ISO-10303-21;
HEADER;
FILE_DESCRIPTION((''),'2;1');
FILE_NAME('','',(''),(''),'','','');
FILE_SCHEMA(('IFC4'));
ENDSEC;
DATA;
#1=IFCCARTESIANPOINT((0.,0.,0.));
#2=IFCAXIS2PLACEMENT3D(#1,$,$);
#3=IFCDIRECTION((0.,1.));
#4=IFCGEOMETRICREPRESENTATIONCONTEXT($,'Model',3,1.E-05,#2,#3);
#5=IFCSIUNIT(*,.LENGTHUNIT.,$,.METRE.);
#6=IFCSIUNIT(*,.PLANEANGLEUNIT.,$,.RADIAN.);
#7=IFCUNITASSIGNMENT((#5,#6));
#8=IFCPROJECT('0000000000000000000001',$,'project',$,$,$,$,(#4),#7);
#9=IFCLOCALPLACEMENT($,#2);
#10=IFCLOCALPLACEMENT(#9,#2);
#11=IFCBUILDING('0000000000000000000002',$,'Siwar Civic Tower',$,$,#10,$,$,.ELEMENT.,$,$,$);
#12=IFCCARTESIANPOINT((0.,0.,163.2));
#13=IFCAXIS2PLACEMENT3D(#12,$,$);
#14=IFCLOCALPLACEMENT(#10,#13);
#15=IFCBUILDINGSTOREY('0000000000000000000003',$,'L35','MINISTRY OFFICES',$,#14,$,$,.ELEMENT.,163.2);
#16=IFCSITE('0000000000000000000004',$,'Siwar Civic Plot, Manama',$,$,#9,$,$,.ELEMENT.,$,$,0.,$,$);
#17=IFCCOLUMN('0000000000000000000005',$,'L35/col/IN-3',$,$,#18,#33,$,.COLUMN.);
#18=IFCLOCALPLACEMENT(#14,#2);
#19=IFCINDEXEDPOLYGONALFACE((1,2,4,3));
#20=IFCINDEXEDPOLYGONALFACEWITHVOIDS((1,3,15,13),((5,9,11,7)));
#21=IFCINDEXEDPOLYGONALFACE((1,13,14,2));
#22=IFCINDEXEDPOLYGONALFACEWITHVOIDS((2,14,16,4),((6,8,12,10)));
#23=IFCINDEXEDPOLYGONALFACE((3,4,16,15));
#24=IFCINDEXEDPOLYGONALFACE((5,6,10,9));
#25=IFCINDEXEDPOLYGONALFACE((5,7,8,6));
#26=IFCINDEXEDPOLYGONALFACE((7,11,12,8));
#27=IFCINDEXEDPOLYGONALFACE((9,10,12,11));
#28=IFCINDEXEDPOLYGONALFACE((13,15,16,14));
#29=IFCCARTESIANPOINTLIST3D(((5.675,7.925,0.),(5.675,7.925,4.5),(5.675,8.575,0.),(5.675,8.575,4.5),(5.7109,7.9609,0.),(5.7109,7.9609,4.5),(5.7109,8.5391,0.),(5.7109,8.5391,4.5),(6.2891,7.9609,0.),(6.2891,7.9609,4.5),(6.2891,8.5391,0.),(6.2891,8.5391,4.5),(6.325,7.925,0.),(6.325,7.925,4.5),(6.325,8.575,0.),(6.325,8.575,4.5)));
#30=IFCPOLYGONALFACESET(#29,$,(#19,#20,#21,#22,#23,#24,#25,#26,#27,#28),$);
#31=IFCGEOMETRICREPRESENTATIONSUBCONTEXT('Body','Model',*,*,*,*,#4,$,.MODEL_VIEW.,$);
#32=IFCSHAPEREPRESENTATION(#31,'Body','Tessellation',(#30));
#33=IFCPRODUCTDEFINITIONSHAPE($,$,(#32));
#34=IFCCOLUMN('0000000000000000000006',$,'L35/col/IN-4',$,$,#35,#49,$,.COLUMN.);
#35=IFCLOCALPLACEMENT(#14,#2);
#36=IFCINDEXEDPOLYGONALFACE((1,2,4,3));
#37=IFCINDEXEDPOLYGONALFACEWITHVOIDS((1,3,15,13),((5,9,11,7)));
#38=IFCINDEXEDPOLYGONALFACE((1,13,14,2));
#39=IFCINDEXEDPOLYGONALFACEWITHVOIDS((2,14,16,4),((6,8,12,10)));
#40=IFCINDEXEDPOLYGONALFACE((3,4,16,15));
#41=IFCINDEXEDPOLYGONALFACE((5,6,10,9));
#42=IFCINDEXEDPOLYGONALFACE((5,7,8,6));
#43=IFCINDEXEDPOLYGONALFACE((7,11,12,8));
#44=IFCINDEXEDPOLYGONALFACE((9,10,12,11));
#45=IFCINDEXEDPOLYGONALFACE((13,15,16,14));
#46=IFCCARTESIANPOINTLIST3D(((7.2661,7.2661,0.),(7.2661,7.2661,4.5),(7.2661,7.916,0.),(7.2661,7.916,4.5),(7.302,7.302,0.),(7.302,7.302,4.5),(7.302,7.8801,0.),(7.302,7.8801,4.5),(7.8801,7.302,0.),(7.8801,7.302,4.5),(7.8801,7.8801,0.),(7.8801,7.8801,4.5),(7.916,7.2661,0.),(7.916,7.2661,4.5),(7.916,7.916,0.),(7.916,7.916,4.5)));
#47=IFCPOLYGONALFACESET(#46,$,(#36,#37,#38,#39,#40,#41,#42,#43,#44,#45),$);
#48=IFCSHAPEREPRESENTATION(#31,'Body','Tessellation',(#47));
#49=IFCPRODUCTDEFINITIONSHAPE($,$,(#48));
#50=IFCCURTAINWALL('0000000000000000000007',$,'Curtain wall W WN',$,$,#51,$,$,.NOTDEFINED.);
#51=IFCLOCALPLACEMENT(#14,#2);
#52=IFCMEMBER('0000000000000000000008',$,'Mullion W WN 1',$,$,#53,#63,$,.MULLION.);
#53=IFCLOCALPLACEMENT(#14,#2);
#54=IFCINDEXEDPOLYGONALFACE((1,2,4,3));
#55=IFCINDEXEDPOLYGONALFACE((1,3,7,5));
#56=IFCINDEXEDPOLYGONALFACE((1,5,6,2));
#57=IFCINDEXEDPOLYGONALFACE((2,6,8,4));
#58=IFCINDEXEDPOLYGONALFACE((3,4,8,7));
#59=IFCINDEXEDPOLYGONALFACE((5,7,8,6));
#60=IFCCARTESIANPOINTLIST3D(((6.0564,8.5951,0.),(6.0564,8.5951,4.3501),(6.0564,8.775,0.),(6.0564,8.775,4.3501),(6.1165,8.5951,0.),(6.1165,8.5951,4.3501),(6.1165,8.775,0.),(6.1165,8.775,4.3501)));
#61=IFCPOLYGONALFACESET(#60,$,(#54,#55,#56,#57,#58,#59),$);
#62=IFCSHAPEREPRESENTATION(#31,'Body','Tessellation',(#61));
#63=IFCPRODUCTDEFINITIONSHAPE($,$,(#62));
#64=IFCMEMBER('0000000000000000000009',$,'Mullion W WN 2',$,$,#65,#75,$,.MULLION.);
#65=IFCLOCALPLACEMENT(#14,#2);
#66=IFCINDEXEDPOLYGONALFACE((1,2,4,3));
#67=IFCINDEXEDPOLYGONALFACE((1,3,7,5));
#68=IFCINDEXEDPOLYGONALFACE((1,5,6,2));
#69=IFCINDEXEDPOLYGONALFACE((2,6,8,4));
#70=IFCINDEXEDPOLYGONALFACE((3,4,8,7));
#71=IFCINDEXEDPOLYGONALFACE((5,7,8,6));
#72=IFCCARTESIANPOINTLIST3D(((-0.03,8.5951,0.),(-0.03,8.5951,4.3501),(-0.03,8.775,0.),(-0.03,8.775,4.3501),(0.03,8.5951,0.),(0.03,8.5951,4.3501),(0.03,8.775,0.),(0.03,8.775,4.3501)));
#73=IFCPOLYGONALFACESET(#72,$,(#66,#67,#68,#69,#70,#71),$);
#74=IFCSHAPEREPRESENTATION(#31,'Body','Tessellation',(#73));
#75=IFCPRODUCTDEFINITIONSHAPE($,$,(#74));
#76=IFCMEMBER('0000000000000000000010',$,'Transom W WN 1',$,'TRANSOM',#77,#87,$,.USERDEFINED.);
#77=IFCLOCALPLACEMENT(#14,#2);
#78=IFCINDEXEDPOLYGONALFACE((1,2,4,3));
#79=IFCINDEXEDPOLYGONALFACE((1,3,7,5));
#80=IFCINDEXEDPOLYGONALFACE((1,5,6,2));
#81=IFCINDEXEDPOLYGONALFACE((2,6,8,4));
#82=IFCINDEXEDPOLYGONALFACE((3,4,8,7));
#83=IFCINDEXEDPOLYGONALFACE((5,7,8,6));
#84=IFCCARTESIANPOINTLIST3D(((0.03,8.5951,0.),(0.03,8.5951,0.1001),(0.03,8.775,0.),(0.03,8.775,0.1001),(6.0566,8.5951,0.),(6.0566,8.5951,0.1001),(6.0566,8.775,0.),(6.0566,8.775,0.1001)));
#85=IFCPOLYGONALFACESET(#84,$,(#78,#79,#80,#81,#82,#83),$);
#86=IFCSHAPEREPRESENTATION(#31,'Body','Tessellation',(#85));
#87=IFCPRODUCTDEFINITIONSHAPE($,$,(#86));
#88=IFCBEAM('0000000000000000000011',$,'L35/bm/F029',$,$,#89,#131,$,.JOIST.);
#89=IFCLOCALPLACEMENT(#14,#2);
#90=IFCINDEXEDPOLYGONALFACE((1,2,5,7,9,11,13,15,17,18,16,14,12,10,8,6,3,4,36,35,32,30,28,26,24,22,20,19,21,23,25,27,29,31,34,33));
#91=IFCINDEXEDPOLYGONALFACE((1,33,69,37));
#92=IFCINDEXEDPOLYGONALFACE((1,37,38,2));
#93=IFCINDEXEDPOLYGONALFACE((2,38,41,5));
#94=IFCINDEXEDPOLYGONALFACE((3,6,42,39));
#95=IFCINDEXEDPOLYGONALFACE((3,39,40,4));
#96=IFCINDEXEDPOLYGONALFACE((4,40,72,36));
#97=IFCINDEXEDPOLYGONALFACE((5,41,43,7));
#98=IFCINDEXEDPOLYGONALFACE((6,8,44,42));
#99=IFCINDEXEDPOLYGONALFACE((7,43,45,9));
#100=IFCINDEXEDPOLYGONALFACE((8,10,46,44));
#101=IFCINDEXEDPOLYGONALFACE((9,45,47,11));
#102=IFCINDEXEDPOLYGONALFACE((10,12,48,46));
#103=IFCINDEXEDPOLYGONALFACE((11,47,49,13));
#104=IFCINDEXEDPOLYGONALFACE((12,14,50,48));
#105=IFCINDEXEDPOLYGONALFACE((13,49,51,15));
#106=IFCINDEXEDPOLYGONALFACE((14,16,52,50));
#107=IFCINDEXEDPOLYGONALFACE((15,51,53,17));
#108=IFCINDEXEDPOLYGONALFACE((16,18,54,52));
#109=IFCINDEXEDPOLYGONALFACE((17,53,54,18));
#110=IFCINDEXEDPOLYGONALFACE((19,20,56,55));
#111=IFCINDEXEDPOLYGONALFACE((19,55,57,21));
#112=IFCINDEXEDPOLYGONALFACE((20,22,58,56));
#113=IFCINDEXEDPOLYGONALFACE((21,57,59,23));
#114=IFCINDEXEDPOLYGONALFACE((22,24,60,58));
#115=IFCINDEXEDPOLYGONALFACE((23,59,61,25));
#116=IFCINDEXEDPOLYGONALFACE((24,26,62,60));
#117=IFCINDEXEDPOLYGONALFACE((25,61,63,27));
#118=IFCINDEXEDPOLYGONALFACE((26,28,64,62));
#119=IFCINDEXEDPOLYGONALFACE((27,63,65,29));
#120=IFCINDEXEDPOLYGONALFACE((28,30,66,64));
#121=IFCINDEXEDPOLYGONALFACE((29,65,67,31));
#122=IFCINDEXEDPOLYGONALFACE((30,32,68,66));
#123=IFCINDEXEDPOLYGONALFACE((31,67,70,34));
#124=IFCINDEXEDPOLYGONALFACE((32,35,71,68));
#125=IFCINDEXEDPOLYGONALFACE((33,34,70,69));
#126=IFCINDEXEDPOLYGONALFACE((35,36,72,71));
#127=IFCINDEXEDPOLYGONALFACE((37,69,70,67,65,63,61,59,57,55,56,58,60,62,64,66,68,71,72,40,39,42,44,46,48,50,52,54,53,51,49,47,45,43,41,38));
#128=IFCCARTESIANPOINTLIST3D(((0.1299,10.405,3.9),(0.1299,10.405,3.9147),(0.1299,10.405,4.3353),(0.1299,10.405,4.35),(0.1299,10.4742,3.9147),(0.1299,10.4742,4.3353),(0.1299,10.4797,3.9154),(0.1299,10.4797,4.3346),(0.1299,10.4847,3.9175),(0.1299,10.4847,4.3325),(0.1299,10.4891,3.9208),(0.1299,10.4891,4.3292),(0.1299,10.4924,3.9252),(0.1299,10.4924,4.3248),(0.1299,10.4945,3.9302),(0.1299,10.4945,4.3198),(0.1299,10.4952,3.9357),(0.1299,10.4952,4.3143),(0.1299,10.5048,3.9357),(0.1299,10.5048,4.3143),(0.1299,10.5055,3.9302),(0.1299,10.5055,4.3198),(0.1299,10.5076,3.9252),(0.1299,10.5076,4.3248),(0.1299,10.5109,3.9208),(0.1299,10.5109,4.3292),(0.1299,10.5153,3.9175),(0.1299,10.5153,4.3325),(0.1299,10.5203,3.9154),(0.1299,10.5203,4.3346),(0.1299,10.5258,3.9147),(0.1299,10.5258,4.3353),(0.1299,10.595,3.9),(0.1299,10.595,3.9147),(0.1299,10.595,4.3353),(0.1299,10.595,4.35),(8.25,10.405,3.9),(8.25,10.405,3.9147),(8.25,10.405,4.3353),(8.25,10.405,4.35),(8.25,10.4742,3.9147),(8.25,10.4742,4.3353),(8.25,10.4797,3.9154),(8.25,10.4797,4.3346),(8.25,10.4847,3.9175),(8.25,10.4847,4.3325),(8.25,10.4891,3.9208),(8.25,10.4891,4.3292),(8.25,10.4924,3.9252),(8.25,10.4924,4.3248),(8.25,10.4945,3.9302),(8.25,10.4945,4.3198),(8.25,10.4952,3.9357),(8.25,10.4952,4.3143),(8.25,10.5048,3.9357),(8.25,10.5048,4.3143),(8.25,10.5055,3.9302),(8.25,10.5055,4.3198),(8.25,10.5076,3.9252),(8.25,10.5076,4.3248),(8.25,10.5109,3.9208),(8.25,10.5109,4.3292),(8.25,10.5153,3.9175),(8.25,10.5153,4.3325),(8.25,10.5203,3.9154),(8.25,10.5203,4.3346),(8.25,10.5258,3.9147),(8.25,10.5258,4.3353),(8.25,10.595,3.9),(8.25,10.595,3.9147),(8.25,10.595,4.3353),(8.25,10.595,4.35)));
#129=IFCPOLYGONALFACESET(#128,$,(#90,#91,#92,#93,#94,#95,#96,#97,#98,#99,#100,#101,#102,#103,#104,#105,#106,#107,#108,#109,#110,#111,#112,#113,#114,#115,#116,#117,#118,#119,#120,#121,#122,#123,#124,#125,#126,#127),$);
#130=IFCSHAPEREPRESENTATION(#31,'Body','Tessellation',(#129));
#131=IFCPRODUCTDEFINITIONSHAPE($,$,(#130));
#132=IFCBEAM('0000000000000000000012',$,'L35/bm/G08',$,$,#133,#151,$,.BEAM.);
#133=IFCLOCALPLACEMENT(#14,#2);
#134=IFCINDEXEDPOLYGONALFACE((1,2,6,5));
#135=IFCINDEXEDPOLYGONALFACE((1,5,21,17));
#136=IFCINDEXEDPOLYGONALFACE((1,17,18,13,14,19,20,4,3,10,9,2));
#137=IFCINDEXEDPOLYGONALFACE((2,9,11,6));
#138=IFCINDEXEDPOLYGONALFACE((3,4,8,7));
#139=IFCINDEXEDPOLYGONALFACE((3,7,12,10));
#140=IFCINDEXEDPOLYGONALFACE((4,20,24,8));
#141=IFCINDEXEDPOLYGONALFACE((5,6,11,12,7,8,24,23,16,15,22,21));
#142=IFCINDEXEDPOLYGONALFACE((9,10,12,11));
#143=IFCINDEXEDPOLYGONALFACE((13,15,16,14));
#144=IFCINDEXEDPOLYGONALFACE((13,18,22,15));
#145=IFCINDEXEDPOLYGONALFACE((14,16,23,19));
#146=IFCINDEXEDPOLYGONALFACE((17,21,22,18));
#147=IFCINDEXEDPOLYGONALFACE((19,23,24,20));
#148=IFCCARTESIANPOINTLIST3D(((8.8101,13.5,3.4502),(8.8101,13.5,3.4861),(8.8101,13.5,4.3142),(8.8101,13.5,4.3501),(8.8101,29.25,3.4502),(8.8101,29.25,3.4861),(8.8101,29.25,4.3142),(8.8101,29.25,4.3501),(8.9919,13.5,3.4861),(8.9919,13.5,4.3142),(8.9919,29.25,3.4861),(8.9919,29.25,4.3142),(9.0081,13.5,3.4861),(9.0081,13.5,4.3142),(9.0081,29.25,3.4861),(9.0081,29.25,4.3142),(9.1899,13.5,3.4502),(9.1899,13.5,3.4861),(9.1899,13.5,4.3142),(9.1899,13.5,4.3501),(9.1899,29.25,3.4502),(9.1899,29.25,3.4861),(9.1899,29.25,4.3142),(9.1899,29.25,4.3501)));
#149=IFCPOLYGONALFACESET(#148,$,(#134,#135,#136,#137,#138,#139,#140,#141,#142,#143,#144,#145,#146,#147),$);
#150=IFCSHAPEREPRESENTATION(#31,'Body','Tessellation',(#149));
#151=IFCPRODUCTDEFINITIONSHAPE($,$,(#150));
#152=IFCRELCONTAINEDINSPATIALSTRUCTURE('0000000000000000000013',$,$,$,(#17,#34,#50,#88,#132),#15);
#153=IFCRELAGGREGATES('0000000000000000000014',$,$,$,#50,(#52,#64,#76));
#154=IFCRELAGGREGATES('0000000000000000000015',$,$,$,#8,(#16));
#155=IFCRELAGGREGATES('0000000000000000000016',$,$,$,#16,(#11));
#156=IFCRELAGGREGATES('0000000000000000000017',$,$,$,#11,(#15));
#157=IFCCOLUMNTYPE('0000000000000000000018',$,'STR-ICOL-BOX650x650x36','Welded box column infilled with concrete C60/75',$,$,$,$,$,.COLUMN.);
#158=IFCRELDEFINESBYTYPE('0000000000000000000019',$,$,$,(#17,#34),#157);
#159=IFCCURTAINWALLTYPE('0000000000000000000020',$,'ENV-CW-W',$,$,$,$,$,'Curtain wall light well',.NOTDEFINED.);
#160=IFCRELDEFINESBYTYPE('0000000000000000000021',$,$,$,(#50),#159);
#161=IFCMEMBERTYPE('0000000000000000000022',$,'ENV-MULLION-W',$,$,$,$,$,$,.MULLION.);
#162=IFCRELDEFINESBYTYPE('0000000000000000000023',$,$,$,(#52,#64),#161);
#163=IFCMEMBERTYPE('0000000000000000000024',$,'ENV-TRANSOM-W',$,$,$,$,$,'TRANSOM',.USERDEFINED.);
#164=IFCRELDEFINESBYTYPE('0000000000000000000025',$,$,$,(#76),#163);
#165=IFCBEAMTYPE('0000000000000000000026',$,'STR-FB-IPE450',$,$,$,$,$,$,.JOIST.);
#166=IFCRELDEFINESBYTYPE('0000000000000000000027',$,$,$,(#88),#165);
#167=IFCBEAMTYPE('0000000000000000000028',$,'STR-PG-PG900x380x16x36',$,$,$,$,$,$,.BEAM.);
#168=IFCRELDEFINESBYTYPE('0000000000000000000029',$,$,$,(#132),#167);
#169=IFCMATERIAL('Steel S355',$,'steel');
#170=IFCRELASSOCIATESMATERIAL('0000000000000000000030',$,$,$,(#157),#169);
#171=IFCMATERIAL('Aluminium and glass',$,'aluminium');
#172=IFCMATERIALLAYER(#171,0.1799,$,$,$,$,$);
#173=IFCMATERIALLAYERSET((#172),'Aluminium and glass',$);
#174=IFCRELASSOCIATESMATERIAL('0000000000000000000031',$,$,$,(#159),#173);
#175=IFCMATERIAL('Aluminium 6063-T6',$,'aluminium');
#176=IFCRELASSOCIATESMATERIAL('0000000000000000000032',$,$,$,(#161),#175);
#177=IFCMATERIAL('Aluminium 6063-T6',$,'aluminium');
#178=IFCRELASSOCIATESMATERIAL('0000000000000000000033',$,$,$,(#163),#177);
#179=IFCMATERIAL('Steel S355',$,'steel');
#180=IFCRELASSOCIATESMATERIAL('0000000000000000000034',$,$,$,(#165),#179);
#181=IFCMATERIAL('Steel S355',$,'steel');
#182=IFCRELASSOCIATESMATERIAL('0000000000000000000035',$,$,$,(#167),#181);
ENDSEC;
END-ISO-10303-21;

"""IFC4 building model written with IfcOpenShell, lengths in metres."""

from ifc_helpers import new_model, si_unit, direction, frame, origin, origin_2d, place, context, subcontext, project, spatial, rectangle, hollow_rectangle, i_section, extrude, material, layer, layer_set, material_profile, profile_set, type_object, element, aggregate, save


model = new_model("IFC4")

# Units and contexts
model_context = context("Model", 3, precision=1e-05, world=origin(), true_north=direction((0.0, 1.0)))
body_context = subcontext(model_context, "Body", "Model", "MODEL_VIEW")
ifc_project = project(units=[si_unit("LENGTHUNIT", "METRE"), si_unit("PLANEANGLEUNIT", "RADIAN")], contexts=[model_context])

# Site, building, storey
site_placement = place(None, origin())
site = spatial("IfcSite", under=ifc_project, at=site_placement, Name="Siwar Civic Plot, Manama", CompositionType="ELEMENT", RefElevation=0.0)
building_placement = place(site_placement, origin())
building = spatial("IfcBuilding", under=site, at=building_placement, Name="Siwar Civic Tower", CompositionType="ELEMENT")
storey_placement = place(building_placement, frame((0.0, 0.0, 163.2)))
storey = spatial("IfcBuildingStorey", under=building, at=storey_placement, Name="L35", Description="MINISTRY OFFICES", CompositionType="ELEMENT", Elevation=163.2)

# Columns
ifc_material_1 = material(Name="Steel S355", Category="steel")
ifc_material_profile_1 = material_profile(ifc_material_1, hollow_rectangle(XDim=0.6499, YDim=0.6499, WallThickness=0.0359, at=origin_2d()), Name="BOX650x650x36")
ifc_profile_set_1 = profile_set([ifc_material_profile_1], Name="Steel S355")
column_type = type_object("IfcColumnType", Name="STR-ICOL-BOX650x650x36", Description="Welded box column infilled with concrete C60/75", PredefinedType="COLUMN", material=ifc_profile_set_1)
for number, where, z_axis, x_axis, name in (
    (1, (6.0, 8.25, 0.0), (0.0, 0.0, 1.0), (1.0, 0.0, 0.0), "L35/col/IN-3"),
    (2, (7.5911, 7.5911, 0.0), (0.0, 0.0, 1.0), (1.0, 0.0, 0.0), "L35/col/IN-4"),
):
    element("IfcColumn", number, at=place(storey_placement, frame(where, z_axis=z_axis, x_axis=x_axis)), inside=storey, type_object=column_type, Name=name, PredefinedType="COLUMN", context=body_context, shape_type="SweptSolid", body=[
        extrude(hollow_rectangle(XDim=0.6499, YDim=0.6499, WallThickness=0.0359, at=origin_2d()), origin(), (0.0, 0.0, 1.0), 4.5),
    ])

# Curtain wall, members
ifc_material_2 = material(Name="Aluminium and glass", Category="aluminium")
ifc_layer_1 = layer(ifc_material_2, 0.1799)
ifc_layer_set_1 = layer_set([ifc_layer_1], Name="Aluminium and glass")
curtain_wall_type = type_object("IfcCurtainWallType", Name="ENV-CW-W", ElementType="Curtain wall light well", PredefinedType="NOTDEFINED", material=ifc_layer_set_1)
curtain_wall_placement = place(storey_placement, origin())
curtain_wall = element("IfcCurtainWall", 3, at=curtain_wall_placement, inside=storey, type_object=curtain_wall_type, Name="Curtain wall W WN", PredefinedType="NOTDEFINED")
ifc_material_3 = material(Name="Aluminium 6063-T6", Category="aluminium")
ifc_material_profile_2 = material_profile(ifc_material_3, rectangle(XDim=0.1799, YDim=0.0601, at=origin_2d()), Name="AL 180x60")
ifc_profile_set_2 = profile_set([ifc_material_profile_2], Name="Aluminium 6063-T6")
member_type_1 = type_object("IfcMemberType", Name="ENV-MULLION-W", PredefinedType="MULLION", material=ifc_profile_set_2)
member_1_placement = place(storey_placement, frame((6.0864, 8.6851, 0.0), z_axis=(0.0, 0.0, 1.0), x_axis=(0.0, -1.0, 0.0)))
member_1 = element("IfcMember", 4, at=member_1_placement, type_object=member_type_1, Name="Mullion W WN 1", PredefinedType="MULLION", context=body_context, shape_type="SweptSolid", body=[
    extrude(rectangle(XDim=0.1799, YDim=0.0601, at=origin_2d()), origin(), (0.0, 0.0, 1.0), 4.3501),
])
member_2_placement = place(storey_placement, frame((0.0, 8.6851, 0.0), z_axis=(0.0, 0.0, 1.0), x_axis=(0.0, -1.0, 0.0)))
member_2 = element("IfcMember", 5, at=member_2_placement, type_object=member_type_1, Name="Mullion W WN 2", PredefinedType="MULLION", context=body_context, shape_type="SweptSolid", body=[
    extrude(rectangle(XDim=0.1799, YDim=0.0601, at=origin_2d()), origin(), (0.0, 0.0, 1.0), 4.3501),
])
ifc_material_4 = material(Name="Aluminium 6063-T6", Category="aluminium")
ifc_material_profile_3 = material_profile(ifc_material_4, rectangle(XDim=0.1799, YDim=0.1001, at=origin_2d()), Name="AL 180x100")
ifc_profile_set_3 = profile_set([ifc_material_profile_3], Name="Aluminium 6063-T6")
member_type_2 = type_object("IfcMemberType", Name="ENV-TRANSOM-W", ElementType="TRANSOM", PredefinedType="USERDEFINED", material=ifc_profile_set_3)
member_3_placement = place(storey_placement, frame((6.0566, 8.6851, 0.05), z_axis=(-1.0, 0.0, 0.0), x_axis=(0.0, -1.0, 0.0)))
member_3 = element("IfcMember", 6, at=member_3_placement, type_object=member_type_2, Name="Transom W WN 1", ObjectType="TRANSOM", PredefinedType="USERDEFINED", context=body_context, shape_type="SweptSolid", body=[
    extrude(rectangle(XDim=0.1799, YDim=0.1001, at=origin_2d()), origin(), (0.0, 0.0, 1.0), 6.0266),
])

# Beams
ifc_material_5 = material(Name="Steel S355", Category="steel")
ifc_material_profile_4 = material_profile(ifc_material_5, i_section(OverallWidth=0.1899, OverallDepth=0.45, WebThickness=0.0095, FlangeThickness=0.0146, FilletRadius=0.021, at=origin_2d()), Name="IPE450")
ifc_profile_set_4 = profile_set([ifc_material_profile_4], Name="Steel S355")
beam_type_1 = type_object("IfcBeamType", Name="STR-FB-IPE450", PredefinedType="JOIST", material=ifc_profile_set_4)
beam_1_placement = place(storey_placement, frame((0.1299, 10.5, 4.125), z_axis=(1.0, 0.0, 0.0), x_axis=(0.0, 1.0, 0.0)))
element("IfcBeam", 7, at=beam_1_placement, inside=storey, type_object=beam_type_1, Name="L35/bm/F029", PredefinedType="JOIST", context=body_context, shape_type="SweptSolid", body=[
    extrude(i_section(OverallWidth=0.1899, OverallDepth=0.45, WebThickness=0.0095, FlangeThickness=0.0146, FilletRadius=0.021, at=origin_2d()), origin(), (0.0, 0.0, 1.0), 8.1201),
])
ifc_material_6 = material(Name="Steel S355", Category="steel")
ifc_material_profile_5 = material_profile(ifc_material_6, i_section(OverallWidth=0.3799, OverallDepth=0.8999, WebThickness=0.0161, FlangeThickness=0.0359, at=origin_2d()), Name="PG900x380x16x36")
ifc_profile_set_5 = profile_set([ifc_material_profile_5], Name="Steel S355")
beam_type_2 = type_object("IfcBeamType", Name="STR-PG-PG900x380x16x36", PredefinedType="BEAM", material=ifc_profile_set_5)
beam_2_placement = place(storey_placement, frame((9.0, 13.5, 3.9001), z_axis=(0.0, 1.0, 0.0), x_axis=(-1.0, 0.0, 0.0)))
element("IfcBeam", 8, at=beam_2_placement, inside=storey, type_object=beam_type_2, Name="L35/bm/G08", PredefinedType="BEAM", context=body_context, shape_type="SweptSolid", body=[
    extrude(i_section(OverallWidth=0.3799, OverallDepth=0.8999, WebThickness=0.0161, FlangeThickness=0.0359, at=origin_2d()), origin(), (0.0, 0.0, 1.0), 15.75),
])

aggregate(curtain_wall, [member_1, member_2, member_3])

save(model, "model.ifc")
